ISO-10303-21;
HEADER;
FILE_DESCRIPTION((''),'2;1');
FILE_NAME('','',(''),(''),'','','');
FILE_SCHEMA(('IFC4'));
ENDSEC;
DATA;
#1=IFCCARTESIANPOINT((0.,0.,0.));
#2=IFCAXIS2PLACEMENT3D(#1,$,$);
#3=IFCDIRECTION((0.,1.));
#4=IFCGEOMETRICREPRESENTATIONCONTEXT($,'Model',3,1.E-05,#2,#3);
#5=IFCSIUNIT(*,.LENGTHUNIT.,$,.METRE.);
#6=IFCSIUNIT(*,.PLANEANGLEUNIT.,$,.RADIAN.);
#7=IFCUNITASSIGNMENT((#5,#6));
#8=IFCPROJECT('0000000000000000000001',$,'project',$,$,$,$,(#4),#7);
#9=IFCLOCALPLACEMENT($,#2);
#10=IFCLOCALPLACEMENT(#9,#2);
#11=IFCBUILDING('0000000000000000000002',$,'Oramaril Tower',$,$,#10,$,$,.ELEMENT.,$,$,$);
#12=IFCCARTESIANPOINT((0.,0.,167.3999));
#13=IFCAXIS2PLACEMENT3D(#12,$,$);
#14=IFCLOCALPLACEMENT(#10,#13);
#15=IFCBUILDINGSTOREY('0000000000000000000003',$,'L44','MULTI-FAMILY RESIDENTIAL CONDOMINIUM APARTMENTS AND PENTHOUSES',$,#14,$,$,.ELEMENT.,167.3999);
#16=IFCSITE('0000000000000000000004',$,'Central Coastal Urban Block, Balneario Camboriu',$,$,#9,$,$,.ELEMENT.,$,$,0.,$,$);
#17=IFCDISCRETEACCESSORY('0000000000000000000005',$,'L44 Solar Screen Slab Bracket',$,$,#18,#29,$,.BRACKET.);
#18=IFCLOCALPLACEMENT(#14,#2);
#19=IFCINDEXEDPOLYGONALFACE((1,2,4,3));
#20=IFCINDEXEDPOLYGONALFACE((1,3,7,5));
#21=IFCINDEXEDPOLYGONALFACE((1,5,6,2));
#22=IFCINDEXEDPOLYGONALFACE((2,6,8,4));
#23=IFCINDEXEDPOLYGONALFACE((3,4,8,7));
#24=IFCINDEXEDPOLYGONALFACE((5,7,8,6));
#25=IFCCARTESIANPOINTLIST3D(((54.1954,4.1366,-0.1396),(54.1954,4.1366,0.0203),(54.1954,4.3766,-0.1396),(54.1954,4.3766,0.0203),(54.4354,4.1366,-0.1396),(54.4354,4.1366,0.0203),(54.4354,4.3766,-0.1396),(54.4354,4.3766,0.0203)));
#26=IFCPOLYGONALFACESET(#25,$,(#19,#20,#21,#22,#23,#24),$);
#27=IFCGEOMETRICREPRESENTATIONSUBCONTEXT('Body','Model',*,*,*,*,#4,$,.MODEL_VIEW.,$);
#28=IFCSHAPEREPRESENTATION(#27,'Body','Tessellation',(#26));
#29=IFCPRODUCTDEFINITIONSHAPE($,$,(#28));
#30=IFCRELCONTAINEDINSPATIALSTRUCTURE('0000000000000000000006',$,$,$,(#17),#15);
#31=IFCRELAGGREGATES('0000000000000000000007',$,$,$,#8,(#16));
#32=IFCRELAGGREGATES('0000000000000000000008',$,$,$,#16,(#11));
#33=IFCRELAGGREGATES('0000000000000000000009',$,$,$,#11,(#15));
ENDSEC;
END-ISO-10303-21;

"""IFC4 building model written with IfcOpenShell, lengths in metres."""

from ifc_helpers import new_model, si_unit, direction, frame, origin, origin_2d, place, context, subcontext, project, spatial, rectangle, extrude, element, save


model = new_model("IFC4")

# Units and contexts
model_context = context("Model", 3, precision=1e-05, world=origin(), true_north=direction((0.0, 1.0)))
body_context = subcontext(model_context, "Body", "Model", "MODEL_VIEW")
ifc_project = project(units=[si_unit("LENGTHUNIT", "METRE"), si_unit("PLANEANGLEUNIT", "RADIAN")], contexts=[model_context])

# Site, building, storey
site_placement = place(None, origin())
site = spatial("IfcSite", under=ifc_project, at=site_placement, Name="Central Coastal Urban Block, Balneario Camboriu", CompositionType="ELEMENT", RefElevation=0.0)
building_placement = place(site_placement, origin())
building = spatial("IfcBuilding", under=site, at=building_placement, Name="Oramaril Tower", CompositionType="ELEMENT")
storey_placement = place(building_placement, frame((0.0, 0.0, 167.3999)))
storey = spatial("IfcBuildingStorey", under=building, at=storey_placement, Name="L44", Description="MULTI-FAMILY RESIDENTIAL CONDOMINIUM APARTMENTS AND PENTHOUSES", CompositionType="ELEMENT", Elevation=167.3999)

# Discrete accessory
for number, where, z_axis, x_axis, name in (
    (1, (54.3154, 4.2566, -0.1396), (0.0, 0.0, 1.0), (1.0, 0.0, 0.0), "L44 Solar Screen Slab Bracket"),
):
    element("IfcDiscreteAccessory", number, at=place(storey_placement, frame(where, z_axis=z_axis, x_axis=x_axis)), inside=storey, Name=name, PredefinedType="BRACKET", context=body_context, shape_type="SweptSolid", body=[
        extrude(rectangle(XDim=0.24, YDim=0.24, at=origin_2d()), origin(), (0.0, 0.0, 1.0), 0.1599),
    ])

save(model, "model.ifc")
